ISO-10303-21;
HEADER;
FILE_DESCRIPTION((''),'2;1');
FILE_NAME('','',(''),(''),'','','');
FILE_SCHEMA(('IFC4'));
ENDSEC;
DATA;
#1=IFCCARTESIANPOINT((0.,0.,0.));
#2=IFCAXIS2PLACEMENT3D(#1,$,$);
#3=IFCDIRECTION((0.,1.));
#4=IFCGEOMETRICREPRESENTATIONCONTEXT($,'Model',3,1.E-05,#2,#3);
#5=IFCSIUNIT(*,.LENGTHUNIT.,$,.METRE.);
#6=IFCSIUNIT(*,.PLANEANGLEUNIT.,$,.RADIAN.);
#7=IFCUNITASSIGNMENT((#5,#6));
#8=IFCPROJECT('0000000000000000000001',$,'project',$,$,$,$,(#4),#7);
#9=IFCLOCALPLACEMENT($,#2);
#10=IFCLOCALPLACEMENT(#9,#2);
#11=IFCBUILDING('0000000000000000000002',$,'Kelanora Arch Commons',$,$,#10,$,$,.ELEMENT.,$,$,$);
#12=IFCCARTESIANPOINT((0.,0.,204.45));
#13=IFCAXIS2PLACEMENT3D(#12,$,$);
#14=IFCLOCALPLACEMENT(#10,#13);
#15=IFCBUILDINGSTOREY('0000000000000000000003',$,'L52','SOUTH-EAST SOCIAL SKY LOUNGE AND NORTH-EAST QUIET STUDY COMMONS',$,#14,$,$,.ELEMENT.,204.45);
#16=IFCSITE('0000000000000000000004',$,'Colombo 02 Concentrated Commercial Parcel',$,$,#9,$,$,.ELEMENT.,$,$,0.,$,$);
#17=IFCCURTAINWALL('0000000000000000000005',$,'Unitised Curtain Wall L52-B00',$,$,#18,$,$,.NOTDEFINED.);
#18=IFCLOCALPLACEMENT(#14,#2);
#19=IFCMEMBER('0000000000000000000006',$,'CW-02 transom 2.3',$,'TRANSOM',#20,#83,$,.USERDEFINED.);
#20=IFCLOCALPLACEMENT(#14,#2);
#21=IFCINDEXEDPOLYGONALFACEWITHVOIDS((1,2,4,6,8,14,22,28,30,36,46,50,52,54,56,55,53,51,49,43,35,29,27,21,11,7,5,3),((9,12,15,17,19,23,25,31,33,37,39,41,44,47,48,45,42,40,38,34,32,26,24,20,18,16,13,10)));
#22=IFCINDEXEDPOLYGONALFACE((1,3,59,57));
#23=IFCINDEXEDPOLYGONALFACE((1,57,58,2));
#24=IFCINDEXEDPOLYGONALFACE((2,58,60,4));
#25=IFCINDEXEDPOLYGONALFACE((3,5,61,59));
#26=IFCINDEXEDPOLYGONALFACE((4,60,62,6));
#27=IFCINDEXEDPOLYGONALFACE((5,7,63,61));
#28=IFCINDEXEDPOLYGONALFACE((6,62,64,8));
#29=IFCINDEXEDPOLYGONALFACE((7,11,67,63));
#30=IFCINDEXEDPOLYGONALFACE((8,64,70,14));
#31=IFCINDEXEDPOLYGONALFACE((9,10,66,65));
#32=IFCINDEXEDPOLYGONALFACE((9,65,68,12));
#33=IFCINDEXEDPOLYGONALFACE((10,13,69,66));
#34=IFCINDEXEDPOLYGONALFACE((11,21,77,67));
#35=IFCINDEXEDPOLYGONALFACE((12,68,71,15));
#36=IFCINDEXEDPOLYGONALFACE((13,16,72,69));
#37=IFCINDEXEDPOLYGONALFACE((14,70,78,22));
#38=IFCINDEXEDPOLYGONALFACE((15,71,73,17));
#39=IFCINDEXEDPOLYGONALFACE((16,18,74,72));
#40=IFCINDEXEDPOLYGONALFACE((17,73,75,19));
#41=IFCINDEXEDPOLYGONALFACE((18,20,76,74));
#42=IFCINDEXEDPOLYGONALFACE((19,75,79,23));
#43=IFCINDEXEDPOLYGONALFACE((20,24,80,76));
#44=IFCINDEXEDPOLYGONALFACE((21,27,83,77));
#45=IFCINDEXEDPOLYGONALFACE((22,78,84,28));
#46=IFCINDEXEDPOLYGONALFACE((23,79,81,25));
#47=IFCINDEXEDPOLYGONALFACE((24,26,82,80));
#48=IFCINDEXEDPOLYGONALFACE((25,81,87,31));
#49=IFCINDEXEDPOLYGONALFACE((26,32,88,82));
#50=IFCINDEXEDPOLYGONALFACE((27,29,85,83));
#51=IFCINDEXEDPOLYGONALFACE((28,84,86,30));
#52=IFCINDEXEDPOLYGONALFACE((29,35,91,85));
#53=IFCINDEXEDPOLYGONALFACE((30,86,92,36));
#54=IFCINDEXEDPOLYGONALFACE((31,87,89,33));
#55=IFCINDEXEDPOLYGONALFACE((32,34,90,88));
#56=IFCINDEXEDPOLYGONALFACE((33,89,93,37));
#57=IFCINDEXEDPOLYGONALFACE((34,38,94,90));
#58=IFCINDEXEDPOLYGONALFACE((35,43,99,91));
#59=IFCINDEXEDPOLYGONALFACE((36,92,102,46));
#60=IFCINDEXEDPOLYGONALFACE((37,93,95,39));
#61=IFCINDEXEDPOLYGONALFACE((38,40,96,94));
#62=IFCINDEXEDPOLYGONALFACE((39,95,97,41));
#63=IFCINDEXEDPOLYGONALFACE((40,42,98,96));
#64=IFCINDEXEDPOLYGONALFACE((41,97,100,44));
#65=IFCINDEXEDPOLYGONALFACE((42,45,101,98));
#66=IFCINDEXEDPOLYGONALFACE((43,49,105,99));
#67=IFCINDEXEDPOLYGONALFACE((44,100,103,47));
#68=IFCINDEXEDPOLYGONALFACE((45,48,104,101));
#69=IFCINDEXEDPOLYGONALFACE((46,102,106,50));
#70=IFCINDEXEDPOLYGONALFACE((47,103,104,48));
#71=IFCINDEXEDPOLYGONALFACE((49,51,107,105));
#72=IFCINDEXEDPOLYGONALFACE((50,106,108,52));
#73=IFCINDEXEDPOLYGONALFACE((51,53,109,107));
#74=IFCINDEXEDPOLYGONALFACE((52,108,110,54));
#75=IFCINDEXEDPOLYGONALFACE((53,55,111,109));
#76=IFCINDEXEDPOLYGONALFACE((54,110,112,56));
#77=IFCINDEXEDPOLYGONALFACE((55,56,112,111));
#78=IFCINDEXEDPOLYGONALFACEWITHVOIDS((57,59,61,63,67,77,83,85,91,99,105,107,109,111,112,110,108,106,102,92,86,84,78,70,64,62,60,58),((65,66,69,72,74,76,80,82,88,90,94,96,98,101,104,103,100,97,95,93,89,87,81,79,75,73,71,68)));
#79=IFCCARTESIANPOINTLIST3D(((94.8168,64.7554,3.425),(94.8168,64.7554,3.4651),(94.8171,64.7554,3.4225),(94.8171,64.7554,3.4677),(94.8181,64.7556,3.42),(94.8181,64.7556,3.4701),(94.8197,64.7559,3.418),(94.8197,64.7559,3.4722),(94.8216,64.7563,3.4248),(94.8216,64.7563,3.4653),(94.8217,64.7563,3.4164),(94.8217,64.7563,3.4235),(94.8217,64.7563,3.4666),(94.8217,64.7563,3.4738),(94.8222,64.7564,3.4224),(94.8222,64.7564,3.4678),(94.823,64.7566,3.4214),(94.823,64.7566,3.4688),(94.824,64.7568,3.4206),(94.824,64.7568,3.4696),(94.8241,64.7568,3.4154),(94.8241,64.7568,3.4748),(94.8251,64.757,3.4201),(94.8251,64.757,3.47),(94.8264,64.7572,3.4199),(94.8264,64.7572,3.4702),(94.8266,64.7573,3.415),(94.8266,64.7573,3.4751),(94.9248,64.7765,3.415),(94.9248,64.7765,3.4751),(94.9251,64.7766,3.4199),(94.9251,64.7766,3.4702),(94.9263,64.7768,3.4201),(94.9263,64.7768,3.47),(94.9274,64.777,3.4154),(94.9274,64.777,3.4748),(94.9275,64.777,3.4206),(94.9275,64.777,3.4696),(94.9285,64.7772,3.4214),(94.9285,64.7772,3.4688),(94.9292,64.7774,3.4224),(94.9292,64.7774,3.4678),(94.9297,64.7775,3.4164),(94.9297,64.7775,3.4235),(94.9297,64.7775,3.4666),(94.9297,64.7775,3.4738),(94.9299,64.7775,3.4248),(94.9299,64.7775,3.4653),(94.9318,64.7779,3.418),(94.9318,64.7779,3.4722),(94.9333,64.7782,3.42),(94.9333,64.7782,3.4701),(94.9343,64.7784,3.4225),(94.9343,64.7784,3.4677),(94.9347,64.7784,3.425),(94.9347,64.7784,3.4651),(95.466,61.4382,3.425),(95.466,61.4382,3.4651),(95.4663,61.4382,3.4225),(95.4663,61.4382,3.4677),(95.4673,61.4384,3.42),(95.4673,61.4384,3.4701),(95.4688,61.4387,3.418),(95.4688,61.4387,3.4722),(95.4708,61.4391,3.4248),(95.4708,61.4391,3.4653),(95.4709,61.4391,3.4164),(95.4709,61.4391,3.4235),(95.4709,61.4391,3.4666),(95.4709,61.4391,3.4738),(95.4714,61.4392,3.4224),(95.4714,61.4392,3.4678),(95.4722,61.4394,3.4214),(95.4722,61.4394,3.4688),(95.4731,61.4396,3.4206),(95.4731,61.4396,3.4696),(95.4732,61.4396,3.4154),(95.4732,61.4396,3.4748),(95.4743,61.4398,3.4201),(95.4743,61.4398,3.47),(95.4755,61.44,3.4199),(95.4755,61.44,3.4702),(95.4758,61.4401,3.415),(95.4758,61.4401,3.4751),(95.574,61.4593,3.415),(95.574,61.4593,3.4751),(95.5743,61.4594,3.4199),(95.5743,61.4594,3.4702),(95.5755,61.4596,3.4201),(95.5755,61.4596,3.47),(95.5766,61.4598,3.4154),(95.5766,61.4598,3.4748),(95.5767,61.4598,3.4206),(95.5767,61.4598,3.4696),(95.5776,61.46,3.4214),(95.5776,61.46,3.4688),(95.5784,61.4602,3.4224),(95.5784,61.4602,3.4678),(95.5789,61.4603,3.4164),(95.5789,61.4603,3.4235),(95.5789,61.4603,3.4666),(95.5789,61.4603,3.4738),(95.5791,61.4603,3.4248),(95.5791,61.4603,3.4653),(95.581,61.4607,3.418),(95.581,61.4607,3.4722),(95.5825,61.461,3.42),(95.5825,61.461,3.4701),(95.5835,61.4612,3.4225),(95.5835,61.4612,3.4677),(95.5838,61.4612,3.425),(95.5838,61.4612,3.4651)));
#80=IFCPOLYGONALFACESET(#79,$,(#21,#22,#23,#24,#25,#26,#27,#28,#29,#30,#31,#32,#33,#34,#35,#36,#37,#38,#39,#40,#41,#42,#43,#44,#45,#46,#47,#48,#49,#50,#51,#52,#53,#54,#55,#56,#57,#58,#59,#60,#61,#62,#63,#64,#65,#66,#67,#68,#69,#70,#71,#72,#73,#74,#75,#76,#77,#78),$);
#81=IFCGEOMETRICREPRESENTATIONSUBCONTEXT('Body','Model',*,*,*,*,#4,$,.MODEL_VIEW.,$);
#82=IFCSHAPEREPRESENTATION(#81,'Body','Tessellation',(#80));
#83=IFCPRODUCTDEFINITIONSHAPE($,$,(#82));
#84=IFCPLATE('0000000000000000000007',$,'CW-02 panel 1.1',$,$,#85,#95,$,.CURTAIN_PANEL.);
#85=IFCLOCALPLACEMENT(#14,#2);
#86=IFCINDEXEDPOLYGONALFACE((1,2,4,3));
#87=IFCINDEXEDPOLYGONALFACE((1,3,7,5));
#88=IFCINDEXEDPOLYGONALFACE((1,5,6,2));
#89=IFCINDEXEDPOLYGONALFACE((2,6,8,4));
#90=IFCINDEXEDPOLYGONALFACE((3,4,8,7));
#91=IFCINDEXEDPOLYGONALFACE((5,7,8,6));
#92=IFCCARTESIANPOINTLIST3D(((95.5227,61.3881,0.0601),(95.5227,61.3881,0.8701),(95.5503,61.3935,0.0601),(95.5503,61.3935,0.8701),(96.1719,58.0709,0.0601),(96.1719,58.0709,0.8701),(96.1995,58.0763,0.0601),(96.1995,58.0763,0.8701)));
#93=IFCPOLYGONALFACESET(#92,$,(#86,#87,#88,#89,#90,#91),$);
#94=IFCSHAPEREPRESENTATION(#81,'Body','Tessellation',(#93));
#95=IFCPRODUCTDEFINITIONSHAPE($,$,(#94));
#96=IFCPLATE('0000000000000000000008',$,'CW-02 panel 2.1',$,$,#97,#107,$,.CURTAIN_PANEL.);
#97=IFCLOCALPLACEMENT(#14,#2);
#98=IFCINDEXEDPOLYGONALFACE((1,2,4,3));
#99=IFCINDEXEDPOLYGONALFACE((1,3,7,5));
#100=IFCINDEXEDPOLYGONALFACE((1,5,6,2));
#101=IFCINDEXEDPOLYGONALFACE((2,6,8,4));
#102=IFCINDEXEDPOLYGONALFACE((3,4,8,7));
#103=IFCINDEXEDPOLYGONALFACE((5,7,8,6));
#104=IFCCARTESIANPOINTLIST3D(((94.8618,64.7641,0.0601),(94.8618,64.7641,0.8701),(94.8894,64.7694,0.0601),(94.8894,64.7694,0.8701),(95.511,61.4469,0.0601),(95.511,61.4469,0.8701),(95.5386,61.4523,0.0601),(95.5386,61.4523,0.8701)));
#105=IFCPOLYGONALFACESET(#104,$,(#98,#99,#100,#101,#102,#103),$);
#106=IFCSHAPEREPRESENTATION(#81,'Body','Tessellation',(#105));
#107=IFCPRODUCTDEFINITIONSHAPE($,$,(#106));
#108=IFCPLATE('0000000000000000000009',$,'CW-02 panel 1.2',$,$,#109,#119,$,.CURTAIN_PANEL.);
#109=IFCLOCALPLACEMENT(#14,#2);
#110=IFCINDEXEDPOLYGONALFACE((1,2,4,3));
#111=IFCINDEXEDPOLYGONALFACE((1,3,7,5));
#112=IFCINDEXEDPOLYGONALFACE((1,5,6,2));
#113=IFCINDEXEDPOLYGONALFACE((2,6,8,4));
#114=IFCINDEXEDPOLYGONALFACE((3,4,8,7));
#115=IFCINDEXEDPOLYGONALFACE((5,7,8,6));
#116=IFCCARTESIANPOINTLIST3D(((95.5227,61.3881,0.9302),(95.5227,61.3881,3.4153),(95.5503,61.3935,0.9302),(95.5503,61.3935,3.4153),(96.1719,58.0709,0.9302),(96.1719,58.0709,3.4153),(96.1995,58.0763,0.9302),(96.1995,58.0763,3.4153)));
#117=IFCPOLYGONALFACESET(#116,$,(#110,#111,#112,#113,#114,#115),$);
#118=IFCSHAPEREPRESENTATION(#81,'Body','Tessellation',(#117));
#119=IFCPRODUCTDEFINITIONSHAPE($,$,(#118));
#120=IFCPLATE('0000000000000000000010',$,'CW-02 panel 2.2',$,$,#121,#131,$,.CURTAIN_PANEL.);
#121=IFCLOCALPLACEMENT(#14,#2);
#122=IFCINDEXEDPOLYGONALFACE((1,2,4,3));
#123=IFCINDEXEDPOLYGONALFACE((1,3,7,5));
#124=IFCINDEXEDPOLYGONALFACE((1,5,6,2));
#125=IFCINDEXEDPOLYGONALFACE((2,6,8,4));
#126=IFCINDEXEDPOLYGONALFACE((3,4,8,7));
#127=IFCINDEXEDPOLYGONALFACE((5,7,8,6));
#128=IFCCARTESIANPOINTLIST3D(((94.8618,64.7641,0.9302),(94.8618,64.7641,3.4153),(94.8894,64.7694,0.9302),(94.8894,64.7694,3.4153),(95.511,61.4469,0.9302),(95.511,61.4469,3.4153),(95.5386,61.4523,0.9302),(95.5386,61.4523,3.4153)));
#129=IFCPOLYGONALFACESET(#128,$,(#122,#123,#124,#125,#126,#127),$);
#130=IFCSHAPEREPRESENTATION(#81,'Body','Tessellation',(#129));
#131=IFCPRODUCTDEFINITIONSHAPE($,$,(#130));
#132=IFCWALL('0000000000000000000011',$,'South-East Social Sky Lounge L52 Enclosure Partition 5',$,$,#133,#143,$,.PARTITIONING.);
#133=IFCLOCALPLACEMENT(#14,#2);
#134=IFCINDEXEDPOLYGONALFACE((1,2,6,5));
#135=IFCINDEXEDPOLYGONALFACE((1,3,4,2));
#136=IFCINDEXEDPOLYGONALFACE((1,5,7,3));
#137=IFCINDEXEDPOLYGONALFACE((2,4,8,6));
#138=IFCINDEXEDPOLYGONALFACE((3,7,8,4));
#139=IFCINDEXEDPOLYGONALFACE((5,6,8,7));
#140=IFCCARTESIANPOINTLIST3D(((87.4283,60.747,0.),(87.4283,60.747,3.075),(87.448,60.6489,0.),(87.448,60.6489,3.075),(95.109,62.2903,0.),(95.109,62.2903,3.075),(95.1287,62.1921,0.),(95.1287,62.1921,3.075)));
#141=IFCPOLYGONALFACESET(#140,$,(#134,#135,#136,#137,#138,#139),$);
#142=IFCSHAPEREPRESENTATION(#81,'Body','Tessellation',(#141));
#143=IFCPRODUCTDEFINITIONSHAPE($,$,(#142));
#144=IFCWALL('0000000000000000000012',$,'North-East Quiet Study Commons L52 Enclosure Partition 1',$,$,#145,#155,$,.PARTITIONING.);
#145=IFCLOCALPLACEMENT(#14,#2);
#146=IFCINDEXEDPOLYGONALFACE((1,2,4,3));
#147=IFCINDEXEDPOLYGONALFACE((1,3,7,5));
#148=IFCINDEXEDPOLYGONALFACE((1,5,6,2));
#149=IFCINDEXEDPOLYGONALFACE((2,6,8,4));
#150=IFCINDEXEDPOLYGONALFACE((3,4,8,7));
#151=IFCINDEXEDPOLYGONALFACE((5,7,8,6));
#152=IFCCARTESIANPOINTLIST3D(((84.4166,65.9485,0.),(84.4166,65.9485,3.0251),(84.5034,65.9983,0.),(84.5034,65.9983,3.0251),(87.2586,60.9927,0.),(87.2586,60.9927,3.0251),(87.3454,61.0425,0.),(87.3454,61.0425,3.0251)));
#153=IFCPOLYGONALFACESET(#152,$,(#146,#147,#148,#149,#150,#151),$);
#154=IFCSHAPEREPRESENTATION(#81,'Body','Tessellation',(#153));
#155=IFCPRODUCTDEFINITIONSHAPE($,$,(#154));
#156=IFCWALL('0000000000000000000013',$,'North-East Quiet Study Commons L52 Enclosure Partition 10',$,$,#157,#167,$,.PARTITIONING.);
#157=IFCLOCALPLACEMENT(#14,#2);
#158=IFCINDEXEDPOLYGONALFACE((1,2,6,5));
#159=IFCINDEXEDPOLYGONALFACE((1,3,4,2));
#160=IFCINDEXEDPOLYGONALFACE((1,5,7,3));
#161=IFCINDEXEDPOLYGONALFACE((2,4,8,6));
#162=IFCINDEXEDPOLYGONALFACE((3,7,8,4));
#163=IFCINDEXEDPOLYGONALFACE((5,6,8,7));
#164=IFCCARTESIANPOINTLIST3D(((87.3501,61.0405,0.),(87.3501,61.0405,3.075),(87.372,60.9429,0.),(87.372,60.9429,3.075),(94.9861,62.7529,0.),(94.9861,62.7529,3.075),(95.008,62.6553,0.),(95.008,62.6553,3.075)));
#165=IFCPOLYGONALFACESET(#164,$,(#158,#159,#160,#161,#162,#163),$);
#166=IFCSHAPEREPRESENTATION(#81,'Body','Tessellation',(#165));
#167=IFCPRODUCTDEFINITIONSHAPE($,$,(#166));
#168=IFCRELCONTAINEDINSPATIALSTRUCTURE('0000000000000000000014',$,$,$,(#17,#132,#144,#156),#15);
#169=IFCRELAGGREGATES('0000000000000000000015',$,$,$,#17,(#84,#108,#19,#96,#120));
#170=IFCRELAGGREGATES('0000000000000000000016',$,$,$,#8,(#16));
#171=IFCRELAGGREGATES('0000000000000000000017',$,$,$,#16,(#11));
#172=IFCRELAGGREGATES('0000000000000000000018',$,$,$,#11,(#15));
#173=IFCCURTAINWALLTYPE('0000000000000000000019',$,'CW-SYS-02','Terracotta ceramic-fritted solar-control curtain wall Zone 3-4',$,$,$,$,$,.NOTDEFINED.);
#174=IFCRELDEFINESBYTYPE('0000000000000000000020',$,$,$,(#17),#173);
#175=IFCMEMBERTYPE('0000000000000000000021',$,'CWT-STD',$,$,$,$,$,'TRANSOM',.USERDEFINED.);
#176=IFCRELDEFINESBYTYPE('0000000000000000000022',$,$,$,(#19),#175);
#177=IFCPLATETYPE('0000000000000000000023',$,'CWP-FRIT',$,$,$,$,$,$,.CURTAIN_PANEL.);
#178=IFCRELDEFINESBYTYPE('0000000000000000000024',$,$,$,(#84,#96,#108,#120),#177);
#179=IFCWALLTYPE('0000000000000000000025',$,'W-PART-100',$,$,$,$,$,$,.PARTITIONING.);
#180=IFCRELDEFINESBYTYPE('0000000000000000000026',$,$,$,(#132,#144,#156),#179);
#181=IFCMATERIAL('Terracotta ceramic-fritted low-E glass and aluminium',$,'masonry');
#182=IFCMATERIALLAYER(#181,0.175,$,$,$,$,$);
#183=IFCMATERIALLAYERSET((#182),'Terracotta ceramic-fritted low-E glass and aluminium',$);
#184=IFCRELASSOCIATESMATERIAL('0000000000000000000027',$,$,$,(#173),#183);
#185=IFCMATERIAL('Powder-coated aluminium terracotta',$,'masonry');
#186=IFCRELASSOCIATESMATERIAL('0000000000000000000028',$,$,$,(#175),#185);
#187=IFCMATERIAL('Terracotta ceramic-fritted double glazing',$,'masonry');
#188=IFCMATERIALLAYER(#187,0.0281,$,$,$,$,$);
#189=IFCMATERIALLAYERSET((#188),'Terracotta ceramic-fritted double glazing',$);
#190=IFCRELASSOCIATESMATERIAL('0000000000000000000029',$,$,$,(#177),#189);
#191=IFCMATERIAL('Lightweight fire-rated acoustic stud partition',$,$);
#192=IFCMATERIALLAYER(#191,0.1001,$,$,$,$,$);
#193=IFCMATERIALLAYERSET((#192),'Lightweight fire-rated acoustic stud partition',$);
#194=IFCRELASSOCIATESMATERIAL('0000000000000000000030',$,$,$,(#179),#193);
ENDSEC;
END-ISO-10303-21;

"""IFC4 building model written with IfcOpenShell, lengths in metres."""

from ifc_helpers import new_model, si_unit, direction, frame, frame_2d, origin, origin_2d, place, context, subcontext, project, spatial, rectangle, hollow_rectangle, extrude, source, transform, mapped, material, layer, layer_set, material_profile, profile_set, type_object, element, aggregate, save


model = new_model("IFC4")

# Units and contexts
model_context = context("Model", 3, precision=1e-05, world=origin(), true_north=direction((0.0, 1.0)))
body_context = subcontext(model_context, "Body", "Model", "MODEL_VIEW")
ifc_project = project(units=[si_unit("LENGTHUNIT", "METRE"), si_unit("PLANEANGLEUNIT", "RADIAN")], contexts=[model_context])

# Site, building, storey
site_placement = place(None, origin())
site = spatial("IfcSite", under=ifc_project, at=site_placement, Name="Colombo 02 Concentrated Commercial Parcel", CompositionType="ELEMENT", RefElevation=0.0)
building_placement = place(site_placement, origin())
building = spatial("IfcBuilding", under=site, at=building_placement, Name="Kelanora Arch Commons", CompositionType="ELEMENT")
storey_placement = place(building_placement, frame((0.0, 0.0, 204.45)))
storey = spatial("IfcBuildingStorey", under=building, at=storey_placement, Name="L52", Description="SOUTH-EAST SOCIAL SKY LOUNGE AND NORTH-EAST QUIET STUDY COMMONS", CompositionType="ELEMENT", Elevation=204.45)

# Curtain wall, member, plates
ifc_material_1 = material(Name="Terracotta ceramic-fritted low-E glass and aluminium", Category="masonry")
ifc_layer_1 = layer(ifc_material_1, 0.175)
ifc_layer_set_1 = layer_set([ifc_layer_1], Name="Terracotta ceramic-fritted low-E glass and aluminium")
curtain_wall_type = type_object("IfcCurtainWallType", Name="CW-SYS-02", Description="Terracotta ceramic-fritted solar-control curtain wall Zone 3-4", PredefinedType="NOTDEFINED", material=ifc_layer_set_1)
curtain_wall_placement = place(storey_placement, origin())
curtain_wall = element("IfcCurtainWall", 1, at=curtain_wall_placement, inside=storey, type_object=curtain_wall_type, Name="Unitised Curtain Wall L52-B00", PredefinedType="NOTDEFINED")
ifc_material_2 = material(Name="Powder-coated aluminium terracotta", Category="masonry")
ifc_material_profile_1 = material_profile(ifc_material_2, hollow_rectangle(XDim=0.1201, YDim=0.0601, WallThickness=0.0049, InnerFilletRadius=0.0049, OuterFilletRadius=0.01, at=origin_2d()), Name="CWT120x60")
ifc_profile_set_1 = profile_set([ifc_material_profile_1], Name="Powder-coated aluminium terracotta")
member_type_1 = type_object("IfcMemberType", Name="CWT-STD", ElementType="TRANSOM", PredefinedType="USERDEFINED", material=ifc_profile_set_1)
member_1_placement = place(storey_placement, frame((95.5249, 61.4497, 3.4451), z_axis=(-0.192058, 0.981383, 0.0), x_axis=(-0.981383, -0.192058, 0.0)))
member_1 = element("IfcMember", 2, at=member_1_placement, type_object=member_type_1, Name="CW-02 transom 2.3", ObjectType="TRANSOM", PredefinedType="USERDEFINED", context=body_context, shape_type="SweptSolid", body=[
    extrude(hollow_rectangle(XDim=0.1201, YDim=0.0601, WallThickness=0.0049, InnerFilletRadius=0.0049, OuterFilletRadius=0.01, at=origin_2d()), origin(), (0.0, 0.0, 1.0), 3.3801),
])
ifc_material_3 = material(Name="Terracotta ceramic-fritted double glazing", Category="masonry")
ifc_layer_2 = layer(ifc_material_3, 0.0281)
ifc_layer_set_2 = layer_set([ifc_layer_2], Name="Terracotta ceramic-fritted double glazing")
plate_type = type_object("IfcPlateType", Name="CWP-FRIT", PredefinedType="CURTAIN_PANEL", material=ifc_layer_set_2)
shared_shape_1 = source(origin(), body_context, "Body", "SweptSolid", [
    extrude(rectangle(XDim=3.3801, YDim=0.0281, at=origin_2d()), origin(), (0.0, 0.0, 1.0), 0.8101),
])
plate_1_placement = place(storey_placement, frame((95.8611, 59.7322, 0.0601), z_axis=(0.0, 0.0, 1.0), x_axis=(-0.192069, 0.981381, 0.0)))
plate_1 = element("IfcPlate", 3, at=plate_1_placement, type_object=plate_type, Name="CW-02 panel 1.1", PredefinedType="CURTAIN_PANEL", context=body_context, shape_type="MappedRepresentation", body=[
    mapped(shared_shape_1, transform((0.0, 0.0, 0.0), scale=1.0)),
])
plate_2_placement = place(storey_placement, frame((95.2002, 63.1082, 0.0601), z_axis=(0.0, 0.0, 1.0), x_axis=(-0.192069, 0.981381, 0.0)))
plate_2 = element("IfcPlate", 4, at=plate_2_placement, type_object=plate_type, Name="CW-02 panel 2.1", PredefinedType="CURTAIN_PANEL", context=body_context, shape_type="MappedRepresentation", body=[
    mapped(shared_shape_1, transform((0.0, 0.0, 0.0), scale=1.0)),
])
shared_shape_2 = source(origin(), body_context, "Body", "SweptSolid", [
    extrude(rectangle(XDim=3.3801, YDim=0.0281, at=origin_2d()), origin(), (0.0, 0.0, 1.0), 2.4851),
])
plate_3_placement = place(storey_placement, frame((95.8611, 59.7322, 0.9302), z_axis=(0.0, 0.0, 1.0), x_axis=(-0.192069, 0.981381, 0.0)))
plate_3 = element("IfcPlate", 5, at=plate_3_placement, type_object=plate_type, Name="CW-02 panel 1.2", PredefinedType="CURTAIN_PANEL", context=body_context, shape_type="MappedRepresentation", body=[
    mapped(shared_shape_2, transform((0.0, 0.0, 0.0), scale=1.0)),
])
plate_4_placement = place(storey_placement, frame((95.2002, 63.1082, 0.9302), z_axis=(0.0, 0.0, 1.0), x_axis=(-0.192069, 0.981381, 0.0)))
plate_4 = element("IfcPlate", 6, at=plate_4_placement, type_object=plate_type, Name="CW-02 panel 2.2", PredefinedType="CURTAIN_PANEL", context=body_context, shape_type="MappedRepresentation", body=[
    mapped(shared_shape_2, transform((0.0, 0.0, 0.0), scale=1.0)),
])
aggregate(curtain_wall, [plate_1, plate_3, member_1, plate_2, plate_4])

# Walls
ifc_material_4 = material(Name="Lightweight fire-rated acoustic stud partition")
ifc_layer_3 = layer(ifc_material_4, 0.1001)
ifc_layer_set_3 = layer_set([ifc_layer_3], Name="Lightweight fire-rated acoustic stud partition")
wall_type = type_object("IfcWallType", Name="W-PART-100", PredefinedType="PARTITIONING", material=ifc_layer_set_3)
wall_1_placement = place(storey_placement, frame((87.4382, 60.698, 0.0), z_axis=(0.0, 0.0, 1.0), x_axis=(0.980406, 0.196985, 0.0)))
element("IfcWall", 7, at=wall_1_placement, inside=storey, type_object=wall_type, Name="South-East Social Sky Lounge L52 Enclosure Partition 5", PredefinedType="PARTITIONING", context=body_context, shape_type="SweptSolid", body=[
    extrude(rectangle(XDim=7.8342, YDim=0.1001, at=frame_2d((3.917, 0.0))), origin(), (0.0, 0.0, 1.0), 3.075),
])
wall_2_placement = place(storey_placement, frame((87.302, 61.0176, 0.0), z_axis=(0.0, 0.0, 1.0), x_axis=(-0.497478, 0.867477, 0.0)))
element("IfcWall", 8, at=wall_2_placement, inside=storey, type_object=wall_type, Name="North-East Quiet Study Commons L52 Enclosure Partition 1", PredefinedType="PARTITIONING", context=body_context, shape_type="SweptSolid", body=[
    extrude(rectangle(XDim=5.7129, YDim=0.1001, at=frame_2d((2.8564, 0.0))), origin(), (0.0, 0.0, 1.0), 3.0251),
])
wall_3_placement = place(storey_placement, frame((94.9971, 62.7041, 0.0), z_axis=(0.0, 0.0, 1.0), x_axis=(-0.975765, -0.21882, 0.0)))
element("IfcWall", 9, at=wall_3_placement, inside=storey, type_object=wall_type, Name="North-East Quiet Study Commons L52 Enclosure Partition 10", PredefinedType="PARTITIONING", context=body_context, shape_type="SweptSolid", body=[
    extrude(rectangle(XDim=7.8257, YDim=0.1001, at=frame_2d((3.9128, 0.0))), origin(), (0.0, 0.0, 1.0), 3.075),
])

save(model, "model.ifc")
